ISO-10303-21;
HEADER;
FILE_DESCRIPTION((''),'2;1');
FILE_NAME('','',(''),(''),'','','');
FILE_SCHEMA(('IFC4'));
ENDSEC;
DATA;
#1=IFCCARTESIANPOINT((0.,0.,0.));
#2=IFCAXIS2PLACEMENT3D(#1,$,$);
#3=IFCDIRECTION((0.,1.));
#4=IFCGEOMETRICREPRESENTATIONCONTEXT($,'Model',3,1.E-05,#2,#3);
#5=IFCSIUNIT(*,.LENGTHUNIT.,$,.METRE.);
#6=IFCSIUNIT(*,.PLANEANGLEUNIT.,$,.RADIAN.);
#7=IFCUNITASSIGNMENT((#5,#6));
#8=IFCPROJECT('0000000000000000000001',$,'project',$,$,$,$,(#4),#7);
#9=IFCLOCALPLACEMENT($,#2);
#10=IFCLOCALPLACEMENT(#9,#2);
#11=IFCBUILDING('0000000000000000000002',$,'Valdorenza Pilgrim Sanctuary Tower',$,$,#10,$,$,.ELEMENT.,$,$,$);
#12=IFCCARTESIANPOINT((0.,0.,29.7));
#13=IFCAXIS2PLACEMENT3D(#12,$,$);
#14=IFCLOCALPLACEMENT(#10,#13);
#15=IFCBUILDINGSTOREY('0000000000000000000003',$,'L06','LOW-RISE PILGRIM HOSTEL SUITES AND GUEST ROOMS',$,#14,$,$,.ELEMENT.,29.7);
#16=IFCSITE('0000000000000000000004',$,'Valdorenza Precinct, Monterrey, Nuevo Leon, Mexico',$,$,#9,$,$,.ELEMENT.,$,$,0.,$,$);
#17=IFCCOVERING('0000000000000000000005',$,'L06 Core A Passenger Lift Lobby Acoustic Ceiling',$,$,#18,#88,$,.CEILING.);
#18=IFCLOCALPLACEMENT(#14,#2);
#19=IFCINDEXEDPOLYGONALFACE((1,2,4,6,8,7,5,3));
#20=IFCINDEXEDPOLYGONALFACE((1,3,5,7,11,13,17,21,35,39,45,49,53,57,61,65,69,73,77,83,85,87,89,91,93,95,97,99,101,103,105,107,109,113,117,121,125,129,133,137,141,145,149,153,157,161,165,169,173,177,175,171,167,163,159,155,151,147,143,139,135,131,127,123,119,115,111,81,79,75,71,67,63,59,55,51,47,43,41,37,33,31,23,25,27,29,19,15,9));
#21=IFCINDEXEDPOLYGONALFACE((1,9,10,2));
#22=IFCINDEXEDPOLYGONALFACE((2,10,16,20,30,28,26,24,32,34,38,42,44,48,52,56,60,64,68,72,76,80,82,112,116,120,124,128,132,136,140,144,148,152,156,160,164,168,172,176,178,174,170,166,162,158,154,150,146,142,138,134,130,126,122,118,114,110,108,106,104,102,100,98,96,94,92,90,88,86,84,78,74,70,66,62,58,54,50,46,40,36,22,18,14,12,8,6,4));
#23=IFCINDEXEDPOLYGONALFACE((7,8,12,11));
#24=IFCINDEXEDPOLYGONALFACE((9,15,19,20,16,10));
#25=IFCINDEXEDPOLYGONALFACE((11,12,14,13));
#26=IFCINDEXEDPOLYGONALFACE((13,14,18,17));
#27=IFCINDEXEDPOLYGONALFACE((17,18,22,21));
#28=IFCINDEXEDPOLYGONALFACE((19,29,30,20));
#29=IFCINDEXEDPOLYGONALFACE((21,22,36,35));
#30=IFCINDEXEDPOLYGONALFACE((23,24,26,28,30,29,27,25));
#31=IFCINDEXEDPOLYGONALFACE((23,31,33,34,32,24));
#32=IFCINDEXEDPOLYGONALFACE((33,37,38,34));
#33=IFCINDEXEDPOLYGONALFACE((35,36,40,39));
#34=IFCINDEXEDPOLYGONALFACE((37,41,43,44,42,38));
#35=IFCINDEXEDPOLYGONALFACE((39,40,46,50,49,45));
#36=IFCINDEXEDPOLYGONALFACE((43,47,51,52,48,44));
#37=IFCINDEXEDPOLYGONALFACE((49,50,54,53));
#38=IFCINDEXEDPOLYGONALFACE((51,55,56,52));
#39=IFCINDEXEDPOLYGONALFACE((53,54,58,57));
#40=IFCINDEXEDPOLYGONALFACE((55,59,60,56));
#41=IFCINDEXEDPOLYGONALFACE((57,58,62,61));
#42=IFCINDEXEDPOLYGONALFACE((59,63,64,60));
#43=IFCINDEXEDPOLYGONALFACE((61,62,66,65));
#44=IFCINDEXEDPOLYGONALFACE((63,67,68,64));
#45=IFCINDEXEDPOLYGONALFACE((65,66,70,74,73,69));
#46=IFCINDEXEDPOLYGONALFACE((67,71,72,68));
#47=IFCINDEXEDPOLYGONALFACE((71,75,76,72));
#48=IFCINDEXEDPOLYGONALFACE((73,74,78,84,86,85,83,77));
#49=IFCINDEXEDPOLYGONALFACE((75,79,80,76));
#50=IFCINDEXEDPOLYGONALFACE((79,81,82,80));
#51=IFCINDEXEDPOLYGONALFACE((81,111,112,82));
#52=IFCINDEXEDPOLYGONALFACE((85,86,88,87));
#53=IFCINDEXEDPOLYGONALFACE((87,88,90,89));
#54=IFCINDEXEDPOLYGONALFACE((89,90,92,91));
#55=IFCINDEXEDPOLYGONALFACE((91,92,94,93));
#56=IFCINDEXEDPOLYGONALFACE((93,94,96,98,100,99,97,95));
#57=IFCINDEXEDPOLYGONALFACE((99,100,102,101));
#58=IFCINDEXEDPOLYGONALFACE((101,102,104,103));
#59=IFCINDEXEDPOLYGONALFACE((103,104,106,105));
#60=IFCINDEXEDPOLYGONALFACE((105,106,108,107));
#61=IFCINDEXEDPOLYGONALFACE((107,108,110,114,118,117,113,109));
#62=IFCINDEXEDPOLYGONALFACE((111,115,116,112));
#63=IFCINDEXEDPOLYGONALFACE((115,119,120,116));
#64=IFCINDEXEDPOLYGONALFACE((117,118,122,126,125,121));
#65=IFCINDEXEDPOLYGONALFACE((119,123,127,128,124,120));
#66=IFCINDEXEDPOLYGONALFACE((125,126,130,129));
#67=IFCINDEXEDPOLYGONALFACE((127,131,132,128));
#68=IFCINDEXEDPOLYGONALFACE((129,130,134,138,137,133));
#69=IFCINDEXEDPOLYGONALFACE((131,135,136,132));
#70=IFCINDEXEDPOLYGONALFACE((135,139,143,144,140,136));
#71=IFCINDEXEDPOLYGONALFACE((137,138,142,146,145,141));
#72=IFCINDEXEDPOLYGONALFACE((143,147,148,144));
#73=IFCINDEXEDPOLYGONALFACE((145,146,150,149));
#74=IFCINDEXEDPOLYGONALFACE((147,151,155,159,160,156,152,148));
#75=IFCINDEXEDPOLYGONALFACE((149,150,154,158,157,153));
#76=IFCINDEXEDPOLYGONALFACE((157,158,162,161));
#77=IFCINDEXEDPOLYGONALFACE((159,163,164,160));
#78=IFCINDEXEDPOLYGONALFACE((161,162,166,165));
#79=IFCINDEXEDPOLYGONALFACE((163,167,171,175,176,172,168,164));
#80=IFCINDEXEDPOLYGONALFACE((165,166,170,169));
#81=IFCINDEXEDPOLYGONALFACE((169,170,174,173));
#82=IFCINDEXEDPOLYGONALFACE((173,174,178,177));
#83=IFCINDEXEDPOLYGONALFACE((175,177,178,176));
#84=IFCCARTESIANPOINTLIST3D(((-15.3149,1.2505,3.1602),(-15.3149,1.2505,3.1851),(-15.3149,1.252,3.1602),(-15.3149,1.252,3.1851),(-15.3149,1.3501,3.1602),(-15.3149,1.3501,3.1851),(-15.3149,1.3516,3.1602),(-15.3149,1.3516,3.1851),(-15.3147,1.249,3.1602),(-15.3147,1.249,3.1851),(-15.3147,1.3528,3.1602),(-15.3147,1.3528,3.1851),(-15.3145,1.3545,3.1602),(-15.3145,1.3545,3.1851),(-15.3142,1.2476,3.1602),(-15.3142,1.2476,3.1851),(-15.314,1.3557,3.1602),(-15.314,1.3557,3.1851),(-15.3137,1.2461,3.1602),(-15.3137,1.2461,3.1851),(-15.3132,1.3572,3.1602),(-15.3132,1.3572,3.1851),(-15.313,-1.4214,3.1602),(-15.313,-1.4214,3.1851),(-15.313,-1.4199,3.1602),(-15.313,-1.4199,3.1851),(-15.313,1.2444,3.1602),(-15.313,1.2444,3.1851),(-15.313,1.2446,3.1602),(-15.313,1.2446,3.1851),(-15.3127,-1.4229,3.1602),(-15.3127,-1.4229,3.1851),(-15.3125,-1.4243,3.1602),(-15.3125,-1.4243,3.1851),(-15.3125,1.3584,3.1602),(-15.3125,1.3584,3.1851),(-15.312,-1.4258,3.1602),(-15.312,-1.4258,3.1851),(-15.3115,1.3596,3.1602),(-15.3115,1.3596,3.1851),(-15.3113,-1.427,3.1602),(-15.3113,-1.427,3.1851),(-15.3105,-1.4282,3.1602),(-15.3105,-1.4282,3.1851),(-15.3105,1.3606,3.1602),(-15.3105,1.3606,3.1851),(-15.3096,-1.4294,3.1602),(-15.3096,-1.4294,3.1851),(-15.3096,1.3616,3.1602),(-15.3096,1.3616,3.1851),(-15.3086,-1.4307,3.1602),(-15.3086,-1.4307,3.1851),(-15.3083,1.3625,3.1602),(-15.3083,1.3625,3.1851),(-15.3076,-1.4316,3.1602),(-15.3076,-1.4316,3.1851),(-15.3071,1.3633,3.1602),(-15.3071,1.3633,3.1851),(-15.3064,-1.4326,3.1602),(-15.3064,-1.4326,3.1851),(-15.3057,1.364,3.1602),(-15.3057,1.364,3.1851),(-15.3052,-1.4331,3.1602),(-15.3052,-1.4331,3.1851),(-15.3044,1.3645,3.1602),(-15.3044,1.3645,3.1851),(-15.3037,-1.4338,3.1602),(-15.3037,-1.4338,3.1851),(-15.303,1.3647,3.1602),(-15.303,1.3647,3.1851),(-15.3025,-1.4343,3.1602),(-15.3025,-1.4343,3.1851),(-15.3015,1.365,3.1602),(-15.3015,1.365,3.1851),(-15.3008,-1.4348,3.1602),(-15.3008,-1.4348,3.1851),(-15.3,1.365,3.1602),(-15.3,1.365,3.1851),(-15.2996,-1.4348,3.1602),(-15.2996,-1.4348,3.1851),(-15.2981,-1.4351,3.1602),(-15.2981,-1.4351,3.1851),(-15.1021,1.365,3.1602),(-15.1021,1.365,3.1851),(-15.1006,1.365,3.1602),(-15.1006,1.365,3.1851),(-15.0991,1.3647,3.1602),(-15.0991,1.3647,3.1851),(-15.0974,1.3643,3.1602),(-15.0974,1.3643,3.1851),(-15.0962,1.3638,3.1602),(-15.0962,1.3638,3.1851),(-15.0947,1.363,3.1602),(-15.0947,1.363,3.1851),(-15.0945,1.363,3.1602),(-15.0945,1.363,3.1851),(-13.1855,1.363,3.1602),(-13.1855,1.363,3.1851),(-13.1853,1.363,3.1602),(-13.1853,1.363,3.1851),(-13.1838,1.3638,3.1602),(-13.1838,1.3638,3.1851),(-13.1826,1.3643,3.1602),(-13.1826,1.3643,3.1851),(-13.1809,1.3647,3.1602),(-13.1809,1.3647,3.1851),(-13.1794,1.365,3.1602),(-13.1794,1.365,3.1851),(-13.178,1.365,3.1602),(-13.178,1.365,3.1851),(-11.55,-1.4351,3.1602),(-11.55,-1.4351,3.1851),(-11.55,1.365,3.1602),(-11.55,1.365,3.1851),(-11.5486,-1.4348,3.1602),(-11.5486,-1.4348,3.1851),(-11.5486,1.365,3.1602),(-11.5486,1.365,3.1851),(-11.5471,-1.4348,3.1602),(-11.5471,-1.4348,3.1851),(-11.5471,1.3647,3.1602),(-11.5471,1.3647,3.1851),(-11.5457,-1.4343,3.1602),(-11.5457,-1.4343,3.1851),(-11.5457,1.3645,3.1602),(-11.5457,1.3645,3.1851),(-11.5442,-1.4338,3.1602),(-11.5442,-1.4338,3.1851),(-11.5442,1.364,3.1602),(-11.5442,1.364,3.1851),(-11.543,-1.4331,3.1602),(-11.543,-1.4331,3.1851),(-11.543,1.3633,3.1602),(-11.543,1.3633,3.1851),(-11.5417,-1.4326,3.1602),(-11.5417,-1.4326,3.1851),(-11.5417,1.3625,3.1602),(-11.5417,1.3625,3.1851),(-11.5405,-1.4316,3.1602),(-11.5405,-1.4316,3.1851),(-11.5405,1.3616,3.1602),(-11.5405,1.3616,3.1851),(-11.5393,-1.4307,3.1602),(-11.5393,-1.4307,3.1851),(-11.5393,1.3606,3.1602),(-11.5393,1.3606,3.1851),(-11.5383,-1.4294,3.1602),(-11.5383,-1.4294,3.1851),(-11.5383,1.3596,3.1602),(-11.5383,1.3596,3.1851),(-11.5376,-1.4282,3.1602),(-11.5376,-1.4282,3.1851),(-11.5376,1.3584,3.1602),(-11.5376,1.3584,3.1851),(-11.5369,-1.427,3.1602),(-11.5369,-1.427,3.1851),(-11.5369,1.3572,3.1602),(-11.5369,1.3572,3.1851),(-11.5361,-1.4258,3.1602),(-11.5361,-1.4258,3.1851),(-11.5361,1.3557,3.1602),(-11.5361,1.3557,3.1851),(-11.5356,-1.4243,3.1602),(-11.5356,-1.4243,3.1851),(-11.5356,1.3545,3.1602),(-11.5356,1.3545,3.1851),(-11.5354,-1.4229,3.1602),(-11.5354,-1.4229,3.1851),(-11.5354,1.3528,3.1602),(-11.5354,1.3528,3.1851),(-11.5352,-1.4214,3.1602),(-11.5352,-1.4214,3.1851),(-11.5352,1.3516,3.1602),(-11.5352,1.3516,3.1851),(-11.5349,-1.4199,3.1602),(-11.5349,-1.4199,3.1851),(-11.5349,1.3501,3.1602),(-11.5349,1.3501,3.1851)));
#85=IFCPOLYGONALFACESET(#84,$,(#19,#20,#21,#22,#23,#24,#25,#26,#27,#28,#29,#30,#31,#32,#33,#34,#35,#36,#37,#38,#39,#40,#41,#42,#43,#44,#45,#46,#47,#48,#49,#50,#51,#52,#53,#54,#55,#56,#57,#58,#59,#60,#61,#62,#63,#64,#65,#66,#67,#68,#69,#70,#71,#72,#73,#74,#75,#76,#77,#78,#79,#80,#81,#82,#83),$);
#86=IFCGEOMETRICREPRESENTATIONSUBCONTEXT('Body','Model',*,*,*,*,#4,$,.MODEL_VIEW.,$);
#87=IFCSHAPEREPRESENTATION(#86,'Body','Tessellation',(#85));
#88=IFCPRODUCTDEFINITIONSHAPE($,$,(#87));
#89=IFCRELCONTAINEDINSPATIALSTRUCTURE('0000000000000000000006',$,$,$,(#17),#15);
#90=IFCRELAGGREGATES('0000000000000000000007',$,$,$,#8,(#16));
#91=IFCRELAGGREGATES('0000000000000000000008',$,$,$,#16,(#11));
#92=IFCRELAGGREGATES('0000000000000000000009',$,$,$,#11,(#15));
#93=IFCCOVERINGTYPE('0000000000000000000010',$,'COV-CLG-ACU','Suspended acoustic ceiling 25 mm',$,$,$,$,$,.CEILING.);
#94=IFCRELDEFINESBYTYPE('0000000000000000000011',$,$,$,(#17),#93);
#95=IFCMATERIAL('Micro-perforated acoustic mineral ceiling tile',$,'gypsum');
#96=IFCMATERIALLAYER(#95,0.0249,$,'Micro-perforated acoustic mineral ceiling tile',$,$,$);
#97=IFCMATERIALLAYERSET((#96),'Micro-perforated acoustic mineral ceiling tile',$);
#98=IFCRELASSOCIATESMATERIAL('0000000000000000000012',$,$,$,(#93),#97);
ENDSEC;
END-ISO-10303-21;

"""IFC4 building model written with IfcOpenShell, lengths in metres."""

from ifc_helpers import new_model, si_unit, direction, frame, origin, place, context, subcontext, project, spatial, polyline, outline, extrude, material, layer, layer_set, type_object, element, save


model = new_model("IFC4")

# Units and contexts
model_context = context("Model", 3, precision=1e-05, world=origin(), true_north=direction((0.0, 1.0)))
body_context = subcontext(model_context, "Body", "Model", "MODEL_VIEW")
ifc_project = project(units=[si_unit("LENGTHUNIT", "METRE"), si_unit("PLANEANGLEUNIT", "RADIAN")], contexts=[model_context])

# Site, building, storey
site_placement = place(None, origin())
site = spatial("IfcSite", under=ifc_project, at=site_placement, Name="Valdorenza Precinct, Monterrey, Nuevo Leon, Mexico", CompositionType="ELEMENT", RefElevation=0.0)
building_placement = place(site_placement, origin())
building = spatial("IfcBuilding", under=site, at=building_placement, Name="Valdorenza Pilgrim Sanctuary Tower", CompositionType="ELEMENT")
storey_placement = place(building_placement, frame((0.0, 0.0, 29.7)))
storey = spatial("IfcBuildingStorey", under=building, at=storey_placement, Name="L06", Description="LOW-RISE PILGRIM HOSTEL SUITES AND GUEST ROOMS", CompositionType="ELEMENT", Elevation=29.7)

# Covering
ifc_material_1 = material(Name="Micro-perforated acoustic mineral ceiling tile", Category="gypsum")
ifc_layer_1 = layer(ifc_material_1, 0.0249, Name="Micro-perforated acoustic mineral ceiling tile")
ifc_layer_set_1 = layer_set([ifc_layer_1], Name="Micro-perforated acoustic mineral ceiling tile")
covering_type_1 = type_object("IfcCoveringType", Name="COV-CLG-ACU", Description="Suspended acoustic ceiling 25 mm", PredefinedType="CEILING", material=ifc_layer_set_1)
covering_1_placement = place(storey_placement, frame((0.0, 0.0, 3.1602)))
element("IfcCovering", 1, at=covering_1_placement, inside=storey, type_object=covering_type_1, Name="L06 Core A Passenger Lift Lobby Acoustic Ceiling", PredefinedType="CEILING", context=body_context, shape_type="SweptSolid", body=[
    extrude(outline(polyline([(-15.313, 1.2444), (-15.313, 1.2446), (-15.3137, 1.2461), (-15.3142, 1.2476), (-15.3147, 1.249), (-15.3149, 1.2505), (-15.3149, 1.252), (-15.3149, 1.3501), (-15.3149, 1.3516), (-15.3147, 1.3528), (-15.3145, 1.3545), (-15.314, 1.3557), (-15.3132, 1.3572), (-15.3125, 1.3584), (-15.3115, 1.3596), (-15.3105, 1.3606), (-15.3096, 1.3616), (-15.3083, 1.3625), (-15.3071, 1.3633), (-15.3057, 1.364), (-15.3044, 1.3645), (-15.303, 1.3647), (-15.3015, 1.365), (-15.3, 1.365), (-15.1021, 1.365), (-15.1006, 1.365), (-15.0991, 1.3647), (-15.0974, 1.3643), (-15.0962, 1.3638), (-15.0947, 1.363), (-15.0945, 1.363), (-13.1855, 1.363), (-13.1853, 1.363), (-13.1838, 1.3638), (-13.1826, 1.3643), (-13.1809, 1.3647), (-13.1794, 1.365), (-13.178, 1.365), (-11.55, 1.365), (-11.5486, 1.365), (-11.5471, 1.3647), (-11.5457, 1.3645), (-11.5442, 1.364), (-11.543, 1.3633), (-11.5417, 1.3625), (-11.5405, 1.3616), (-11.5393, 1.3606), (-11.5383, 1.3596), (-11.5376, 1.3584), (-11.5369, 1.3572), (-11.5361, 1.3557), (-11.5356, 1.3545), (-11.5354, 1.3528), (-11.5352, 1.3516), (-11.5349, 1.3501), (-11.5349, -1.4199), (-11.5352, -1.4214), (-11.5354, -1.4229), (-11.5356, -1.4243), (-11.5361, -1.4258), (-11.5369, -1.427), (-11.5376, -1.4282), (-11.5383, -1.4294), (-11.5393, -1.4307), (-11.5405, -1.4316), (-11.5417, -1.4326), (-11.543, -1.4331), (-11.5442, -1.4338), (-11.5457, -1.4343), (-11.5471, -1.4348), (-11.5486, -1.4348), (-11.55, -1.4351), (-15.2981, -1.4351), (-15.2996, -1.4348), (-15.3008, -1.4348), (-15.3025, -1.4343), (-15.3037, -1.4338), (-15.3052, -1.4331), (-15.3064, -1.4326), (-15.3076, -1.4316), (-15.3086, -1.4307), (-15.3096, -1.4294), (-15.3105, -1.4282), (-15.3113, -1.427), (-15.312, -1.4258), (-15.3125, -1.4243), (-15.3127, -1.4229), (-15.313, -1.4214), (-15.313, -1.4199), (-15.313, 1.2444)])), origin(), (0.0, 0.0, 1.0), 0.0249),
])

save(model, "model.ifc")
